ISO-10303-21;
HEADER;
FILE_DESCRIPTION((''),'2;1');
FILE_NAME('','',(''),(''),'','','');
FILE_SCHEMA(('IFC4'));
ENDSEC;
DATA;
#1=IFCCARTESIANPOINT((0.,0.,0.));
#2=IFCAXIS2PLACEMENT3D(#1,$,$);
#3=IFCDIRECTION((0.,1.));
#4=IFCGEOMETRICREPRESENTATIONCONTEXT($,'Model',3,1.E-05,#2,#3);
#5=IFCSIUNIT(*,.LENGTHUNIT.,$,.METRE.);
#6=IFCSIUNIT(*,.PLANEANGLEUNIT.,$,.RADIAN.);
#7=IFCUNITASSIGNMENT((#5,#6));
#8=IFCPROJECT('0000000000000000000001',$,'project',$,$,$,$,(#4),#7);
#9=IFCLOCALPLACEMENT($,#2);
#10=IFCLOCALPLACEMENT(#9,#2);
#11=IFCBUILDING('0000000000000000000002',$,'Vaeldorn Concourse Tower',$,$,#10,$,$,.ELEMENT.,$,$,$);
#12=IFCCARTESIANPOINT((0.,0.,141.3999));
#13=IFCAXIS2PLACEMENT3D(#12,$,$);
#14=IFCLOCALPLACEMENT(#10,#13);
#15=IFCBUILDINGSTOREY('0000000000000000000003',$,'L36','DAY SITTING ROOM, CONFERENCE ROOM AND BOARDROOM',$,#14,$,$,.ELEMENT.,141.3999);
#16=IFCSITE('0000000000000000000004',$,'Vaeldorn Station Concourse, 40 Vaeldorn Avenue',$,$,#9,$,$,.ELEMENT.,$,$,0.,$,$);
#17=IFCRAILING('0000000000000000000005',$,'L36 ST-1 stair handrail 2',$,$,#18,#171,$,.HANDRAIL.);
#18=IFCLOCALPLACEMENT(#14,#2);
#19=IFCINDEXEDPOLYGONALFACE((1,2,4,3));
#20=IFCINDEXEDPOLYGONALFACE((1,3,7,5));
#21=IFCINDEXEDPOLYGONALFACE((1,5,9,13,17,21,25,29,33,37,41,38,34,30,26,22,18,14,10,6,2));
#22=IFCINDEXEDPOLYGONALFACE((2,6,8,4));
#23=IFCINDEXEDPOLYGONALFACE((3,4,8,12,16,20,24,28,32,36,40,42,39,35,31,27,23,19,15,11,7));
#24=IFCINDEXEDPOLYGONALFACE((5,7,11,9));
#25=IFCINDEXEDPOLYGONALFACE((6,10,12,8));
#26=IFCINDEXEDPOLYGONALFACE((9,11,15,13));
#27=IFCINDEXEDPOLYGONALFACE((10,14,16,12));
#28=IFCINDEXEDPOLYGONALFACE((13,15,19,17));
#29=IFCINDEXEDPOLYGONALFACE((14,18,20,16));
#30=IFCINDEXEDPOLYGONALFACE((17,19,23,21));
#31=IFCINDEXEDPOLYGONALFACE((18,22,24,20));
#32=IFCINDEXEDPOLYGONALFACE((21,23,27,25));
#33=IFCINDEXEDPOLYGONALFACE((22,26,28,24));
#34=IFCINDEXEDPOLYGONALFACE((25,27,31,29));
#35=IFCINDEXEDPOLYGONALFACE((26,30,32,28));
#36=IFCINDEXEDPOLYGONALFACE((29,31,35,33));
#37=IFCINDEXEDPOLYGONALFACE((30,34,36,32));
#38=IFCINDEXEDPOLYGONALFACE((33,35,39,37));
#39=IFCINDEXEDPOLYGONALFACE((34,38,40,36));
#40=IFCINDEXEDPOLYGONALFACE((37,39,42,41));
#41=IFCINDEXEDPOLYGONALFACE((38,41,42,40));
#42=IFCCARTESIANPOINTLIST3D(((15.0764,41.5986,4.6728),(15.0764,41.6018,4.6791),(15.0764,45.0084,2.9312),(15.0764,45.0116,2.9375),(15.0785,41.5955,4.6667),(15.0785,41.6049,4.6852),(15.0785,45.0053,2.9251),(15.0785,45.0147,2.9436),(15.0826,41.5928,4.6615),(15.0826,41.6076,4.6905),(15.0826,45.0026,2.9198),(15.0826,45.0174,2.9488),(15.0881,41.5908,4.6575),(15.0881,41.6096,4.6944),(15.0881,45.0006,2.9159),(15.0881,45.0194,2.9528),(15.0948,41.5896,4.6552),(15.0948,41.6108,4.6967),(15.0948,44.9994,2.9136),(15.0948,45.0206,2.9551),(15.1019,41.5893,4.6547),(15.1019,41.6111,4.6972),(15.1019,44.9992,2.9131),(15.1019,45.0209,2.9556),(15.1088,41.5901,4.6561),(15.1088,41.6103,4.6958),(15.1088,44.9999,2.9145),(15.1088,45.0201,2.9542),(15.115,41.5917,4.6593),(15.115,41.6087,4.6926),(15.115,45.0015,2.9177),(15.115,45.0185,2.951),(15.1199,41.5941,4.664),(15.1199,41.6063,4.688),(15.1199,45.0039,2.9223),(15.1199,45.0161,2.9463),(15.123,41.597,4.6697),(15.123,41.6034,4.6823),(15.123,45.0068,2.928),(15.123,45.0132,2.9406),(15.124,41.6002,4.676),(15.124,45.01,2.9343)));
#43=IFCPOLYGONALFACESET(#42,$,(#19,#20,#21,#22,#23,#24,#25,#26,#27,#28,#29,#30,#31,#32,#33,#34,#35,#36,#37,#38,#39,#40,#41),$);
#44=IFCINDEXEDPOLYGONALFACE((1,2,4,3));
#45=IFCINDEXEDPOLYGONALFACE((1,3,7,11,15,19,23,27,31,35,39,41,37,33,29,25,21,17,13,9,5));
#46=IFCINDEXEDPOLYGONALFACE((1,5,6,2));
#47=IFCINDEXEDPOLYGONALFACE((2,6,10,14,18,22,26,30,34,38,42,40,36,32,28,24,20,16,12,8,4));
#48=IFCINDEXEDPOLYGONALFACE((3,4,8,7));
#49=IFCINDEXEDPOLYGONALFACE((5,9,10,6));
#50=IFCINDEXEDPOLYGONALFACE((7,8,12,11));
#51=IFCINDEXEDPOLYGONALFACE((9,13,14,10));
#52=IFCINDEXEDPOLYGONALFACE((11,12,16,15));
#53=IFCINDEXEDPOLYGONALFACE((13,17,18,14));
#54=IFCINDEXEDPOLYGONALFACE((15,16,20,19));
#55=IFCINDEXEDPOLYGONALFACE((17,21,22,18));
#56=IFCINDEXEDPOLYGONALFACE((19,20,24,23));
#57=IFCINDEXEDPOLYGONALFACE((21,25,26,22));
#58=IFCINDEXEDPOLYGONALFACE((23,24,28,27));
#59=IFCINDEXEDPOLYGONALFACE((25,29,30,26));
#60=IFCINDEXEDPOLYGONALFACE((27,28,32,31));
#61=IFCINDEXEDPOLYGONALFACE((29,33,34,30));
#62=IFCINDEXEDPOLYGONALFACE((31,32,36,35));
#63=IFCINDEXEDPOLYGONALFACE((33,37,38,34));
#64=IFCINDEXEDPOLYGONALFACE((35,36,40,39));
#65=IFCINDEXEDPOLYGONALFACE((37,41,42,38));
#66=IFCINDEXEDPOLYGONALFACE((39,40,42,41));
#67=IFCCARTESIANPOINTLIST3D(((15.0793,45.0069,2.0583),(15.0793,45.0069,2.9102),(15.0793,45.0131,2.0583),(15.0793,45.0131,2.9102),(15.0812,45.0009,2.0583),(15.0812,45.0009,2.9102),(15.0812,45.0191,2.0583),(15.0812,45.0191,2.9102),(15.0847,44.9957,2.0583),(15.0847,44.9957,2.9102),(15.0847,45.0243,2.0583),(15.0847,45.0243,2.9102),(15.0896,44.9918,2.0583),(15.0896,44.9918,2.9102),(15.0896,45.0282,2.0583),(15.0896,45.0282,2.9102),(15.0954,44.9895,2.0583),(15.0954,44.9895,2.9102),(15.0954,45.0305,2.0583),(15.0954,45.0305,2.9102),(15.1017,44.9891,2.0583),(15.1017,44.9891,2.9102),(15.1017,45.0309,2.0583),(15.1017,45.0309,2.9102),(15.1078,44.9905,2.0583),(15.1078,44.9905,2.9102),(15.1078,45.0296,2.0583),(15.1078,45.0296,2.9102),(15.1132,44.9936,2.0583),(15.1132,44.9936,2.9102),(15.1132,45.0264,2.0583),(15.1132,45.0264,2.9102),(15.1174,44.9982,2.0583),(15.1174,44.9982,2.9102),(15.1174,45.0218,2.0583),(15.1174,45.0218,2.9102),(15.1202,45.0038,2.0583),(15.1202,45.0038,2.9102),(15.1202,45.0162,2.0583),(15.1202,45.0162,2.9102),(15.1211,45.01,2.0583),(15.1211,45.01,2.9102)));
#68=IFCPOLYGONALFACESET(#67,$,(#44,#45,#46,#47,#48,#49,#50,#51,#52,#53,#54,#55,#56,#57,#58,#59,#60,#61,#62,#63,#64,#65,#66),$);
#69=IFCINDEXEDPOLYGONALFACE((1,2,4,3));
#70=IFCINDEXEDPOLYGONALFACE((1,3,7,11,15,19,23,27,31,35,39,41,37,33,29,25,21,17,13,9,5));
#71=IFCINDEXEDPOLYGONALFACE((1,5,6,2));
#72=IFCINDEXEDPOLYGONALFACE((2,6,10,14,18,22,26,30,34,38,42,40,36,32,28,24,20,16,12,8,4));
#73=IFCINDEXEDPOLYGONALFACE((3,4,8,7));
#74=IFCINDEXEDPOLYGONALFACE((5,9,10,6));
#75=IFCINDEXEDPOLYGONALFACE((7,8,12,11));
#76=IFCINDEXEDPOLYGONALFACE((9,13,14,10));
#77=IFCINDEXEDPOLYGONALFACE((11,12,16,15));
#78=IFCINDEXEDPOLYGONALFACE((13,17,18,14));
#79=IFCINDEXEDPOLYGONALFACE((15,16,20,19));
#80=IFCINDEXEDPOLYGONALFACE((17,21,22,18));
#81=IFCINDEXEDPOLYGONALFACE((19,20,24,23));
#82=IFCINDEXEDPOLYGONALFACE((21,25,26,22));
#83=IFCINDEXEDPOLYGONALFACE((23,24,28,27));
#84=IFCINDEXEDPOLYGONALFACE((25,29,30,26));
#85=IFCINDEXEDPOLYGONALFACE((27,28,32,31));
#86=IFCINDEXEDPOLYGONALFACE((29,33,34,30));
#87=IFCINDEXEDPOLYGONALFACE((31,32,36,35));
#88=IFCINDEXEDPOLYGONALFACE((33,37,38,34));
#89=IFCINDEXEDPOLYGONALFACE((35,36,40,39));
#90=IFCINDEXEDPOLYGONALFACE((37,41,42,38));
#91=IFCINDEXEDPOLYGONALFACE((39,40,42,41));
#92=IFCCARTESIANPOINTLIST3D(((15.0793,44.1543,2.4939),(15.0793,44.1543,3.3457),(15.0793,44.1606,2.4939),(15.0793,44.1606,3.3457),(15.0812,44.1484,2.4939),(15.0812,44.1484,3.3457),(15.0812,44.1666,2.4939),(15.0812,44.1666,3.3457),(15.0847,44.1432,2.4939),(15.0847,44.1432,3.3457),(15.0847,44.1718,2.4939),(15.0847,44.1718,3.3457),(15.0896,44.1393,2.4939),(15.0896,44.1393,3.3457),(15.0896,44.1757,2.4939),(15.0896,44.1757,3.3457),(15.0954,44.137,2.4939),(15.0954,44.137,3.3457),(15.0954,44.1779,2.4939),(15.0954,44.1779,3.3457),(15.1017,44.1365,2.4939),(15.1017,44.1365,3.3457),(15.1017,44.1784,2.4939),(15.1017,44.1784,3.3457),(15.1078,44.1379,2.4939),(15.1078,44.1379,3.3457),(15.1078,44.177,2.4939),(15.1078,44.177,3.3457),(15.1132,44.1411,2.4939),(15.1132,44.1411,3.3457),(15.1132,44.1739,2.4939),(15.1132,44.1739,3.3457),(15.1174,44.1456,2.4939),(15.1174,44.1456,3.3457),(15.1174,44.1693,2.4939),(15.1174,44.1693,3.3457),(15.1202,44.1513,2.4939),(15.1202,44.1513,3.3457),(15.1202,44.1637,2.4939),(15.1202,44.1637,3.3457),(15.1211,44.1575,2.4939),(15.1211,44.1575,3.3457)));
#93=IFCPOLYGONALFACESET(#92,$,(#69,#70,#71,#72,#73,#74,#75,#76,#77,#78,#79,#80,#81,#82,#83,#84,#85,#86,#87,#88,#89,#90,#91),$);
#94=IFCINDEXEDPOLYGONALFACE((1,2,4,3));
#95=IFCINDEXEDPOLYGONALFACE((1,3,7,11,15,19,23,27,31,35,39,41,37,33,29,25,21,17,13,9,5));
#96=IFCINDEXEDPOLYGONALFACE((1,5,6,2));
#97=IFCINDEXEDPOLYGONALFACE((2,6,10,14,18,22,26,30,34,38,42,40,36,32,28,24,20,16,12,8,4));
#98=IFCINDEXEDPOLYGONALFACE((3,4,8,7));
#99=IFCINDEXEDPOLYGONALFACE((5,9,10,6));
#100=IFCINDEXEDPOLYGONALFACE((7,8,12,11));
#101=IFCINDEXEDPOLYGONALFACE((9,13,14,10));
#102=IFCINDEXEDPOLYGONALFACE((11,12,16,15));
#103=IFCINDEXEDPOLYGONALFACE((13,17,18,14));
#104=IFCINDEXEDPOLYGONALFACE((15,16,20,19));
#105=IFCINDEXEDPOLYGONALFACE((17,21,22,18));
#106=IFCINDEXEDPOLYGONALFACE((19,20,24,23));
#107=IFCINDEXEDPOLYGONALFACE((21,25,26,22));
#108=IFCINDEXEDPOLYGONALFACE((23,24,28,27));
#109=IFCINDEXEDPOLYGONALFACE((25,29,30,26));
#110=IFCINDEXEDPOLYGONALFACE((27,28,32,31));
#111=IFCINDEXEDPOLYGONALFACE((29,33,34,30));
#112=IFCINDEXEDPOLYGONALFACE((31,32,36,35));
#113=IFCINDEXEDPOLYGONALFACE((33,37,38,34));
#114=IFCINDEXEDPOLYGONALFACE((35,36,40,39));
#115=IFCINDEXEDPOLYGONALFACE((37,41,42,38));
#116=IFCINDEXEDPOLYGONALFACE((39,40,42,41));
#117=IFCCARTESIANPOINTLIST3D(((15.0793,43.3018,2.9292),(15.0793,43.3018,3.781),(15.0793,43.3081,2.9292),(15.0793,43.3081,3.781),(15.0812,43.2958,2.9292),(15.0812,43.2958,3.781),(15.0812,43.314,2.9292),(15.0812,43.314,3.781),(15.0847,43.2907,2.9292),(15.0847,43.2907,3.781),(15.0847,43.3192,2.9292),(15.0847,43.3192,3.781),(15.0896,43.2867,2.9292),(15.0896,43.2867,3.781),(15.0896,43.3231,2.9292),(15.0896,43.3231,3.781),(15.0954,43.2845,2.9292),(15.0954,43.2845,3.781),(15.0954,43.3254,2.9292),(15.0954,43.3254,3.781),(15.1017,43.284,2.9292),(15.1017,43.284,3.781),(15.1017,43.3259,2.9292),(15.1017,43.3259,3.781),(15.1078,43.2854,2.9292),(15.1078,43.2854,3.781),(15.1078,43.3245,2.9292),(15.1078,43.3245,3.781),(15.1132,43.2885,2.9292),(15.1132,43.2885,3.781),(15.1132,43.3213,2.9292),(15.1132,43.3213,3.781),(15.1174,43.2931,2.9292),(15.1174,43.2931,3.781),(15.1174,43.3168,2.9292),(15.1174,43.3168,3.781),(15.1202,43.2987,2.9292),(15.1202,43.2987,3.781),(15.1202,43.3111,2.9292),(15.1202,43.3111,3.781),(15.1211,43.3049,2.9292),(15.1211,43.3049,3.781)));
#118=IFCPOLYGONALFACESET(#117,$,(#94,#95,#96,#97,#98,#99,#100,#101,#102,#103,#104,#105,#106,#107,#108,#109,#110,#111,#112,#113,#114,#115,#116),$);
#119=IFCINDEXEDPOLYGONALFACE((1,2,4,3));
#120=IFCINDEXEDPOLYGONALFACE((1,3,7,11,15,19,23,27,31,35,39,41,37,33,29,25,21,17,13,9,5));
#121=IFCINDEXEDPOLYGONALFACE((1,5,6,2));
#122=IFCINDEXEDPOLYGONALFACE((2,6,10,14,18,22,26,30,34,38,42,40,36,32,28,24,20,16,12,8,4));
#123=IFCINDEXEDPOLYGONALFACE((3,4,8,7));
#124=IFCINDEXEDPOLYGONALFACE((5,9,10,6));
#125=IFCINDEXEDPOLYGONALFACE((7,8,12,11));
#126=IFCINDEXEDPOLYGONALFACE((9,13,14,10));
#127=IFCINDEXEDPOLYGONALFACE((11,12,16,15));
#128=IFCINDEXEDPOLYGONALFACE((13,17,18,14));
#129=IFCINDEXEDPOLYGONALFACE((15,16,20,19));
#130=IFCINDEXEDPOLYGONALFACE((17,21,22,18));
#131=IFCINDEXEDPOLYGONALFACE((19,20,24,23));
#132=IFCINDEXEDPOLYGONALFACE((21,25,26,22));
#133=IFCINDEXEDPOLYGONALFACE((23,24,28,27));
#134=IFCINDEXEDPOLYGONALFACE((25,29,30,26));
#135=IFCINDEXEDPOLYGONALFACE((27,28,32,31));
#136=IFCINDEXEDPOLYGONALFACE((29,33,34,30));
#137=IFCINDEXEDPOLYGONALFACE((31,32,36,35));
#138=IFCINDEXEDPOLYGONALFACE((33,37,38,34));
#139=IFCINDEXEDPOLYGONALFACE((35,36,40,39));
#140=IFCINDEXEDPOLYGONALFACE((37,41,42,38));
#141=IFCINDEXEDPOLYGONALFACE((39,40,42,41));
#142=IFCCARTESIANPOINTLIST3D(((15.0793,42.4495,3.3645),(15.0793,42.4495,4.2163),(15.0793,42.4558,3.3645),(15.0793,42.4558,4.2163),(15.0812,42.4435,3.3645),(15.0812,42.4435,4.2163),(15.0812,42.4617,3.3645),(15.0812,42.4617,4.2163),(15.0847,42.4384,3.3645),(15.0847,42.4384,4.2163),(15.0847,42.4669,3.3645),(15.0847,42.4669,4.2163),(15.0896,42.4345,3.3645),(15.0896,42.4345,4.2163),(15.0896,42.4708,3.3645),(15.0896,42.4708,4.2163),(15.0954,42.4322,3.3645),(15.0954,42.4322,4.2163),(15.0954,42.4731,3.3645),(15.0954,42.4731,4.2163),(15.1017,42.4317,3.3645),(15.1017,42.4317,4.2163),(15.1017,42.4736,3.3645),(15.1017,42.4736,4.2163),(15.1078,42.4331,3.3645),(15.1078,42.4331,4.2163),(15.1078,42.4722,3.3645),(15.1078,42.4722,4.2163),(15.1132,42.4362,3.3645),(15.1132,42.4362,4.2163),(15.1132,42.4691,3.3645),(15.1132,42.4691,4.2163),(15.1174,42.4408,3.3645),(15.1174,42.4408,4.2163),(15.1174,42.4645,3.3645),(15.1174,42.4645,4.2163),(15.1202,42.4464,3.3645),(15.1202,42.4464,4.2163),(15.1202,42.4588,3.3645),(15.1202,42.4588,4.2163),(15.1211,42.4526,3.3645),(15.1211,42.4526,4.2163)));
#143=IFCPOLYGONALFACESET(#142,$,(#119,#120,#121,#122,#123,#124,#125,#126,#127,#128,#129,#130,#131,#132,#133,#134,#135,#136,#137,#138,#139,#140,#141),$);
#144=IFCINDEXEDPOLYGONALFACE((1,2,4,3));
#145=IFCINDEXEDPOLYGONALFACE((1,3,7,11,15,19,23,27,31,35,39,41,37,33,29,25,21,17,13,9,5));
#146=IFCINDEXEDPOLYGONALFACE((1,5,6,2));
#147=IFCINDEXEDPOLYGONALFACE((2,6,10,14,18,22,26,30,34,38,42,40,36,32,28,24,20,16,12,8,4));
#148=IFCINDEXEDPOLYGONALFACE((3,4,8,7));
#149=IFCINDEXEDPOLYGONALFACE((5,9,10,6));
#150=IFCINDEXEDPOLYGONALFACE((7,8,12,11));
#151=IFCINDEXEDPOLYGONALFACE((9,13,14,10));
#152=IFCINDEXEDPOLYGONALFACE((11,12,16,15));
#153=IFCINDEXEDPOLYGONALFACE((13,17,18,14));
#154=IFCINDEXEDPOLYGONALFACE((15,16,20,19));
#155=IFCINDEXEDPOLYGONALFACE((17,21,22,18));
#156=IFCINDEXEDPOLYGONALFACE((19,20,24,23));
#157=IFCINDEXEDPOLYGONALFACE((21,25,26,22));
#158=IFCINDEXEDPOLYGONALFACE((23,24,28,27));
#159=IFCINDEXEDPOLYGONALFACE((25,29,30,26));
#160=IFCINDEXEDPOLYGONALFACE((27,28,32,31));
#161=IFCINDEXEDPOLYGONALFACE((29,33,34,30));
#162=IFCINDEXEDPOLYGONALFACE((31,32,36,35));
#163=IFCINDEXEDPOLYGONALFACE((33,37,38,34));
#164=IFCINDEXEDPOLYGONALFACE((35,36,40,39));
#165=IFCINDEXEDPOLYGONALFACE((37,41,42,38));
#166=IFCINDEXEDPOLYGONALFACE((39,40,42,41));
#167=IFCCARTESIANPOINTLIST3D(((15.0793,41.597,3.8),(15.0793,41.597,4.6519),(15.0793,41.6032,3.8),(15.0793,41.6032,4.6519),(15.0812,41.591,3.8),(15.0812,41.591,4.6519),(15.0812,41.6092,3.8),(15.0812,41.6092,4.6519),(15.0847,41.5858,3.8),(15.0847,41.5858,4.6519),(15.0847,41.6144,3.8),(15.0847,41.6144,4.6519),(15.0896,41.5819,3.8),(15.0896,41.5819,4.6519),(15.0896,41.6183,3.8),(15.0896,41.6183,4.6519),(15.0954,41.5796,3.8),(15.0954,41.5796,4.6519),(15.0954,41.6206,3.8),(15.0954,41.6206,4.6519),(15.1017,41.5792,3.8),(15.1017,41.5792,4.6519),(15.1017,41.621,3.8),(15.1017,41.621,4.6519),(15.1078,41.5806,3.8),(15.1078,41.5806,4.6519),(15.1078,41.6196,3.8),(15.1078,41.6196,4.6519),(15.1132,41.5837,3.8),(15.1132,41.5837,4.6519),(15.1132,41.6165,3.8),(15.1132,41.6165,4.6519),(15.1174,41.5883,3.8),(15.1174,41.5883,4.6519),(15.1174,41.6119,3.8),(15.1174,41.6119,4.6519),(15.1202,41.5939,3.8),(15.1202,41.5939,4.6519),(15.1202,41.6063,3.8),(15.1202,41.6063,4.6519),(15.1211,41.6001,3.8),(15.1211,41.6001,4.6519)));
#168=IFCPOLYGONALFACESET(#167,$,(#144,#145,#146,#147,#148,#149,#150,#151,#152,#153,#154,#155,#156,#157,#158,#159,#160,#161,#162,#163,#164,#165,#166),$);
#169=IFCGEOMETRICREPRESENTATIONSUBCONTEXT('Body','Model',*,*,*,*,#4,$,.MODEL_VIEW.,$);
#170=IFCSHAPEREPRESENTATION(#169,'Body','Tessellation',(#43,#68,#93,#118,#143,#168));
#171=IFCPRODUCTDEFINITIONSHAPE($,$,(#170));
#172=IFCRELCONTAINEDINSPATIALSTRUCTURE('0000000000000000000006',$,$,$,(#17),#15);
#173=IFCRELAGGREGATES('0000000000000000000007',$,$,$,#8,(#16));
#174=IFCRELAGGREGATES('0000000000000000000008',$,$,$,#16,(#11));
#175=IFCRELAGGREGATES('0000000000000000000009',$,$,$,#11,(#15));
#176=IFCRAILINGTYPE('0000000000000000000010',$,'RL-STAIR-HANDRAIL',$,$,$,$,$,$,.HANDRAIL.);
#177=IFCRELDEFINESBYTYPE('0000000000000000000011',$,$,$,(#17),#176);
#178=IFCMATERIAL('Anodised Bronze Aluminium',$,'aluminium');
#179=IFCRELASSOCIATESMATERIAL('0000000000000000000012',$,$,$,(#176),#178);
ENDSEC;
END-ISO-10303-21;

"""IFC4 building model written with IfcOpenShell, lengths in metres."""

from ifc_helpers import new_model, si_unit, direction, frame, origin, origin_2d, place, context, subcontext, project, spatial, circle, extrude, material, type_object, element, save


model = new_model("IFC4")

# Units and contexts
model_context = context("Model", 3, precision=1e-05, world=origin(), true_north=direction((0.0, 1.0)))
body_context = subcontext(model_context, "Body", "Model", "MODEL_VIEW")
ifc_project = project(units=[si_unit("LENGTHUNIT", "METRE"), si_unit("PLANEANGLEUNIT", "RADIAN")], contexts=[model_context])

# Site, building, storey
site_placement = place(None, origin())
site = spatial("IfcSite", under=ifc_project, at=site_placement, Name="Vaeldorn Station Concourse, 40 Vaeldorn Avenue", CompositionType="ELEMENT", RefElevation=0.0)
building_placement = place(site_placement, origin())
building = spatial("IfcBuilding", under=site, at=building_placement, Name="Vaeldorn Concourse Tower", CompositionType="ELEMENT")
storey_placement = place(building_placement, frame((0.0, 0.0, 141.3999)))
storey = spatial("IfcBuildingStorey", under=building, at=storey_placement, Name="L36", Description="DAY SITTING ROOM, CONFERENCE ROOM AND BOARDROOM", CompositionType="ELEMENT", Elevation=141.3999)

# Shared definitions
ifc_material_1 = material(Name="Anodised Bronze Aluminium", Category="aluminium")

# Railing
railing_type_1 = type_object("IfcRailingType", Name="RL-STAIR-HANDRAIL", PredefinedType="HANDRAIL", material=ifc_material_1)
railing_1_placement = place(storey_placement, frame((15.1001, 45.01, 2.0583)))
element("IfcRailing", 1, at=railing_1_placement, inside=storey, type_object=railing_type_1, Name="L36 ST-1 stair handrail 2", PredefinedType="HANDRAIL", context=body_context, shape_type="SweptSolid", body=[
    extrude(circle(Radius=0.0239, at=origin_2d()), frame((0.0, 0.0, 0.876), z_axis=(0.0, -0.890556, 0.454874), x_axis=(1.0, 0.0, 0.0)), (0.0, 0.0, 1.0), 3.8289),
    extrude(circle(Radius=0.021, at=origin_2d()), origin(), (0.0, 0.0, 1.0), 0.8518),
    extrude(circle(Radius=0.021, at=origin_2d()), frame((0.0, -0.8525, 0.4355)), (0.0, 0.0, 1.0), 0.8518),
    extrude(circle(Radius=0.021, at=origin_2d()), frame((0.0, -1.7051, 0.8708)), (0.0, 0.0, 1.0), 0.8518),
    extrude(circle(Radius=0.021, at=origin_2d()), frame((0.0, -2.5574, 1.3062)), (0.0, 0.0, 1.0), 0.8518),
    extrude(circle(Radius=0.021, at=origin_2d()), frame((0.0, -3.4099, 1.7417)), (0.0, 0.0, 1.0), 0.8518),
])

save(model, "model.ifc")
